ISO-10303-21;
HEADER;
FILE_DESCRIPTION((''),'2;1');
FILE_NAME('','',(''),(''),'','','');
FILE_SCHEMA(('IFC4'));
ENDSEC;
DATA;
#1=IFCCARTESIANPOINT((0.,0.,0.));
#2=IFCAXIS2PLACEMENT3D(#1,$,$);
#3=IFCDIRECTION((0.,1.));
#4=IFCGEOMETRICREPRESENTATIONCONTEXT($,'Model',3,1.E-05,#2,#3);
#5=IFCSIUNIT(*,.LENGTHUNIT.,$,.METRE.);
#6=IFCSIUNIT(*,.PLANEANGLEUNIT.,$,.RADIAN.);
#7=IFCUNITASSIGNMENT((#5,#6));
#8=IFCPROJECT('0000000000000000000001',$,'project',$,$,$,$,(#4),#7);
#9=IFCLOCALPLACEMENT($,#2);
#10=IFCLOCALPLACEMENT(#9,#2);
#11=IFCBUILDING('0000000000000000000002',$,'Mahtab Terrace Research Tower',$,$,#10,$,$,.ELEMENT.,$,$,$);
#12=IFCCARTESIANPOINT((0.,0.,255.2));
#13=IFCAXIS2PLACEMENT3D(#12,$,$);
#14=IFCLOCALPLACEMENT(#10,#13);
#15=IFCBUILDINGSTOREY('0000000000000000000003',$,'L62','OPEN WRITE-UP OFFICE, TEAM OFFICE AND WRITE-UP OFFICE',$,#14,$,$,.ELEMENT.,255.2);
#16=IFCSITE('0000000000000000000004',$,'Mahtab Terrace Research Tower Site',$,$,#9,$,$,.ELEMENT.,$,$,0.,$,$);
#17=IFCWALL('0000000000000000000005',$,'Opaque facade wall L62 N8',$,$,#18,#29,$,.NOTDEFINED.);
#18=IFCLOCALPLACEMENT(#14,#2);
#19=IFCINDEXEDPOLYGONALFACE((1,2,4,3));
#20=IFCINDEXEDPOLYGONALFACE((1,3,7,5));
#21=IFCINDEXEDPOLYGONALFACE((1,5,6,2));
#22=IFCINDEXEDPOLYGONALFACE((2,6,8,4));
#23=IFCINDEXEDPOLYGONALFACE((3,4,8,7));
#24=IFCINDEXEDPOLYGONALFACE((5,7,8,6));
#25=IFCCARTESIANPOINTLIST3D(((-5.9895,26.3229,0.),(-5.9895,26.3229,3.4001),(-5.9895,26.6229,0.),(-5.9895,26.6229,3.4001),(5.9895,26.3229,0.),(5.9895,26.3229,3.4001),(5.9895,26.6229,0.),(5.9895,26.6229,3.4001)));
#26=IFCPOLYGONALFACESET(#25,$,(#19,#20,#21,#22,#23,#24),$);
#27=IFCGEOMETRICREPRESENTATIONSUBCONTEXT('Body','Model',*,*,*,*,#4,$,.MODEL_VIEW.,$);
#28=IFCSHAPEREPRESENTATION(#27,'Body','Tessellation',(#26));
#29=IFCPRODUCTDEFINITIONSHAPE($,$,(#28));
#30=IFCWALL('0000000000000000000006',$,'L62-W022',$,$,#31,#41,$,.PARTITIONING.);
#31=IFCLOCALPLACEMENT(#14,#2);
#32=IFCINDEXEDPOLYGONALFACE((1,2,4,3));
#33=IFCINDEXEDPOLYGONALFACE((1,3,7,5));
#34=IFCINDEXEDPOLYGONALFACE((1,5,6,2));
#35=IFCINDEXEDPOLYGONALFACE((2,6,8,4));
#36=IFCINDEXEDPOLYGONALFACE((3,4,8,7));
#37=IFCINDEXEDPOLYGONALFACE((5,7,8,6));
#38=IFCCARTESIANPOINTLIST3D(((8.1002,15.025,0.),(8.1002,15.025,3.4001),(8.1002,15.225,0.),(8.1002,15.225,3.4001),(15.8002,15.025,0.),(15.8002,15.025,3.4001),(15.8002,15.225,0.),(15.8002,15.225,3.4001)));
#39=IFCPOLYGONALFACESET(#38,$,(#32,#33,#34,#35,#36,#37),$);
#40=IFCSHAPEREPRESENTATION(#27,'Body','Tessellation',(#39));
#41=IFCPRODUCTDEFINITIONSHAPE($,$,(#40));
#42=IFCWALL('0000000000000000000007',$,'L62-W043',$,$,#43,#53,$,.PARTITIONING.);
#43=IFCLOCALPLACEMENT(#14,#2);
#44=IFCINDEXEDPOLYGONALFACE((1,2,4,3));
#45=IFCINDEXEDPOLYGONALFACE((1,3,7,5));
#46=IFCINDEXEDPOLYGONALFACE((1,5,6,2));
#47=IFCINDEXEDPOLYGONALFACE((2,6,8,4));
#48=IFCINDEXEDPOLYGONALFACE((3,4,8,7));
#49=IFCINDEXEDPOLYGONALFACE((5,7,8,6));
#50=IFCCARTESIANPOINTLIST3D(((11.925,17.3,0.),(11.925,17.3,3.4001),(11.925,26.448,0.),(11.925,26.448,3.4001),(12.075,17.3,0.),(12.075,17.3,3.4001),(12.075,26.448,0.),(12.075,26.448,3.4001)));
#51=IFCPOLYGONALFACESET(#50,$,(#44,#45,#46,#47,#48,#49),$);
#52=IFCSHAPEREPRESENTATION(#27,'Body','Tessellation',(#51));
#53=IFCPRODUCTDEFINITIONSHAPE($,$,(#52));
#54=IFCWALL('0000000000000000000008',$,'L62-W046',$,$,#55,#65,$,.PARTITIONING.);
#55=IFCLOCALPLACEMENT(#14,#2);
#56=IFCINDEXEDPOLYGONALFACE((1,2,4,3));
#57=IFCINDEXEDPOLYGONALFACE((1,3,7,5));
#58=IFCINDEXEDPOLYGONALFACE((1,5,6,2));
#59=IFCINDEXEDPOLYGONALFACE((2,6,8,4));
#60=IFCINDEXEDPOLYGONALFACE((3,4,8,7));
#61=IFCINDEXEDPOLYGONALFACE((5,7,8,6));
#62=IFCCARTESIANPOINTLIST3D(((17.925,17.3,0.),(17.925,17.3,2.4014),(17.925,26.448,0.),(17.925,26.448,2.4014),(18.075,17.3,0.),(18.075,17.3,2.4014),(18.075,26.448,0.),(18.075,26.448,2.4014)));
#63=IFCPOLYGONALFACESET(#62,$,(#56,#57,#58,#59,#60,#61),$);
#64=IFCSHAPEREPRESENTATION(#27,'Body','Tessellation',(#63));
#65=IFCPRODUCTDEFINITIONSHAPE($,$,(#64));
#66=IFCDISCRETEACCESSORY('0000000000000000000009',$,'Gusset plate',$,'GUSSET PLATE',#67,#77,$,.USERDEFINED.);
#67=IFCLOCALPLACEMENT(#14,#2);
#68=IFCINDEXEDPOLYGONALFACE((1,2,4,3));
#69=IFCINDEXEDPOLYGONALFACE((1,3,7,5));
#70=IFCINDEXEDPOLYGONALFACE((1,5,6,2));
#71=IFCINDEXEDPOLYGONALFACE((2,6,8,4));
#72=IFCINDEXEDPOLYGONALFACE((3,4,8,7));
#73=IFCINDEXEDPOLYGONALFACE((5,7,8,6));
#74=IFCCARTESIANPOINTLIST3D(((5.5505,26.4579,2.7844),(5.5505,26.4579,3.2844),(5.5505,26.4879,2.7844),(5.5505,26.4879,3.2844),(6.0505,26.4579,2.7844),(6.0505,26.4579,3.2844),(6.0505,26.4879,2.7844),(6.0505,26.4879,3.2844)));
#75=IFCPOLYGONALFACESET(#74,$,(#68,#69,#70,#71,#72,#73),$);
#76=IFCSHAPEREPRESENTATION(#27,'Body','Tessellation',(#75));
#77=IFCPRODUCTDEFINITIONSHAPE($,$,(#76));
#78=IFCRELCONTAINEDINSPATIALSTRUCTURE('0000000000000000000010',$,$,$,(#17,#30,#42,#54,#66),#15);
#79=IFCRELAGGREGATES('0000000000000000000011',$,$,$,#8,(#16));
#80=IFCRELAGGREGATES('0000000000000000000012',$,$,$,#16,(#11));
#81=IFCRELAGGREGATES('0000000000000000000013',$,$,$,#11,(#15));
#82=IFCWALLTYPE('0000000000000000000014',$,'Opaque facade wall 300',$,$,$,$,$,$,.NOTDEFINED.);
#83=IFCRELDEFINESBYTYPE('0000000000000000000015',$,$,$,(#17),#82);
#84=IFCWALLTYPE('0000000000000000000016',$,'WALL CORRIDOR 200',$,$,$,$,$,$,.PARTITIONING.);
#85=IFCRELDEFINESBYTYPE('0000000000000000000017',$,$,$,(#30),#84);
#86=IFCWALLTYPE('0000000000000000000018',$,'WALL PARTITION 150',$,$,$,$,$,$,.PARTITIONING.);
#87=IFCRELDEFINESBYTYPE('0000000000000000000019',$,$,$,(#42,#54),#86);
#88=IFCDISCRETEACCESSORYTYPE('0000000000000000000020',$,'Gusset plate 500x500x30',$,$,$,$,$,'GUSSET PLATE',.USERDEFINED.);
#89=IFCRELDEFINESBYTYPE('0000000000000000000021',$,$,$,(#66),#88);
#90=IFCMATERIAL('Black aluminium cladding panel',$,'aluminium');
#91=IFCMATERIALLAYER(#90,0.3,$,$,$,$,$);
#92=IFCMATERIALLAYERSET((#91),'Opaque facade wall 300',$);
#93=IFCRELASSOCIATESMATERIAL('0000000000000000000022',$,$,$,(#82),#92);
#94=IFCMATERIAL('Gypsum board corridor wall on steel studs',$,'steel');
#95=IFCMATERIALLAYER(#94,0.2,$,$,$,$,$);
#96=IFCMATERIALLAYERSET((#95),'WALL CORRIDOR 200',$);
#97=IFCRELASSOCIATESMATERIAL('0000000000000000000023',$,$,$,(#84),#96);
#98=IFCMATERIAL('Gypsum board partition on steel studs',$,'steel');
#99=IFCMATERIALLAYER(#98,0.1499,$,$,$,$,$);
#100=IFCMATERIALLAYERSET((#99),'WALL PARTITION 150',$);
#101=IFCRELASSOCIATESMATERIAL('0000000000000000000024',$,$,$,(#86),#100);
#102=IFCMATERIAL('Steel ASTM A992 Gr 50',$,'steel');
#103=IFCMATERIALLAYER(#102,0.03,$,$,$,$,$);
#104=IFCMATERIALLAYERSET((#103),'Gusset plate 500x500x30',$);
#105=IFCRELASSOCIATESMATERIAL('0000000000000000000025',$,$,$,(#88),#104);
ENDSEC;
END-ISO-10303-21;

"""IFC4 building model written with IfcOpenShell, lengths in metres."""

from ifc_helpers import new_model, si_unit, direction, frame, frame_2d, origin, origin_2d, place, context, subcontext, project, spatial, rectangle, extrude, material, layer, layer_set, type_object, element, save


model = new_model("IFC4")

# Units and contexts
model_context = context("Model", 3, precision=1e-05, world=origin(), true_north=direction((0.0, 1.0)))
body_context = subcontext(model_context, "Body", "Model", "MODEL_VIEW")
ifc_project = project(units=[si_unit("LENGTHUNIT", "METRE"), si_unit("PLANEANGLEUNIT", "RADIAN")], contexts=[model_context])

# Site, building, storey
site_placement = place(None, origin())
site = spatial("IfcSite", under=ifc_project, at=site_placement, Name="Mahtab Terrace Research Tower Site", CompositionType="ELEMENT", RefElevation=0.0)
building_placement = place(site_placement, origin())
building = spatial("IfcBuilding", under=site, at=building_placement, Name="Mahtab Terrace Research Tower", CompositionType="ELEMENT")
storey_placement = place(building_placement, frame((0.0, 0.0, 255.2)))
storey = spatial("IfcBuildingStorey", under=building, at=storey_placement, Name="L62", Description="OPEN WRITE-UP OFFICE, TEAM OFFICE AND WRITE-UP OFFICE", CompositionType="ELEMENT", Elevation=255.2)

# Shared definitions
ifc_material_1 = material(Name="Steel ASTM A992 Gr 50", Category="steel")

# Walls
ifc_material_2 = material(Name="Black aluminium cladding panel", Category="aluminium")
ifc_layer_1 = layer(ifc_material_2, 0.3)
ifc_layer_set_1 = layer_set([ifc_layer_1], Name="Opaque facade wall 300")
wall_type_1 = type_object("IfcWallType", Name="Opaque facade wall 300", PredefinedType="NOTDEFINED", material=ifc_layer_set_1)
wall_1_placement = place(storey_placement, frame((5.9895, 26.4729, 0.0), z_axis=(0.0, 0.0, 1.0), x_axis=(-1.0, 0.0, 0.0)))
element("IfcWall", 1, at=wall_1_placement, inside=storey, type_object=wall_type_1, Name="Opaque facade wall L62 N8", PredefinedType="NOTDEFINED", context=body_context, shape_type="SweptSolid", body=[
    extrude(rectangle(XDim=11.979, YDim=0.3, at=frame_2d((5.9895, 0.0))), origin(), (0.0, 0.0, 1.0), 3.4001),
])
ifc_material_3 = material(Name="Gypsum board corridor wall on steel studs", Category="steel")
ifc_layer_2 = layer(ifc_material_3, 0.2)
ifc_layer_set_2 = layer_set([ifc_layer_2], Name="WALL CORRIDOR 200")
wall_type_2 = type_object("IfcWallType", Name="WALL CORRIDOR 200", PredefinedType="PARTITIONING", material=ifc_layer_set_2)
wall_2_placement = place(storey_placement, frame((8.1001, 15.125, 0.0), z_axis=(0.0, 0.0, 1.0), x_axis=(1.0, 0.0, 0.0)))
element("IfcWall", 2, at=wall_2_placement, inside=storey, type_object=wall_type_2, Name="L62-W022", PredefinedType="PARTITIONING", context=body_context, shape_type="SweptSolid", body=[
    extrude(rectangle(XDim=7.7, YDim=0.2, at=frame_2d((3.8501, 0.0))), origin(), (0.0, 0.0, 1.0), 3.4001),
])
ifc_material_4 = material(Name="Gypsum board partition on steel studs", Category="steel")
ifc_layer_3 = layer(ifc_material_4, 0.1499)
ifc_layer_set_3 = layer_set([ifc_layer_3], Name="WALL PARTITION 150")
wall_type_3 = type_object("IfcWallType", Name="WALL PARTITION 150", PredefinedType="PARTITIONING", material=ifc_layer_set_3)
wall_3_placement = place(storey_placement, frame((12.0, 17.3, 0.0), z_axis=(0.0, 0.0, 1.0), x_axis=(0.0, 1.0, 0.0)))
element("IfcWall", 3, at=wall_3_placement, inside=storey, type_object=wall_type_3, Name="L62-W043", PredefinedType="PARTITIONING", context=body_context, shape_type="SweptSolid", body=[
    extrude(rectangle(XDim=9.1479, YDim=0.1499, at=frame_2d((4.574, 0.0))), origin(), (0.0, 0.0, 1.0), 3.4001),
])
wall_4_placement = place(storey_placement, frame((18.0, 17.3, 0.0), z_axis=(0.0, 0.0, 1.0), x_axis=(0.0, 1.0, 0.0)))
element("IfcWall", 4, at=wall_4_placement, inside=storey, type_object=wall_type_3, Name="L62-W046", PredefinedType="PARTITIONING", context=body_context, shape_type="SweptSolid", body=[
    extrude(rectangle(XDim=9.1479, YDim=0.1499, at=frame_2d((4.574, 0.0))), origin(), (0.0, 0.0, 1.0), 2.4014),
])

# Discrete accessory
ifc_layer_4 = layer(ifc_material_1, 0.03)
ifc_layer_set_4 = layer_set([ifc_layer_4], Name="Gusset plate 500x500x30")
discrete_accessory_type = type_object("IfcDiscreteAccessoryType", Name="Gusset plate 500x500x30", ElementType="GUSSET PLATE", PredefinedType="USERDEFINED", material=ifc_layer_set_4)
discrete_accessory_placement = place(storey_placement, frame((5.8005, 26.4729, 2.7844), z_axis=(0.0, 0.0, 1.0), x_axis=(1.0, 0.0, 0.0)))
element("IfcDiscreteAccessory", 5, at=discrete_accessory_placement, inside=storey, type_object=discrete_accessory_type, Name="Gusset plate", ObjectType="GUSSET PLATE", PredefinedType="USERDEFINED", context=body_context, shape_type="SweptSolid", body=[
    extrude(rectangle(XDim=0.5, YDim=0.03, at=origin_2d()), origin(), (0.0, 0.0, 1.0), 0.5),
])

save(model, "model.ifc")
